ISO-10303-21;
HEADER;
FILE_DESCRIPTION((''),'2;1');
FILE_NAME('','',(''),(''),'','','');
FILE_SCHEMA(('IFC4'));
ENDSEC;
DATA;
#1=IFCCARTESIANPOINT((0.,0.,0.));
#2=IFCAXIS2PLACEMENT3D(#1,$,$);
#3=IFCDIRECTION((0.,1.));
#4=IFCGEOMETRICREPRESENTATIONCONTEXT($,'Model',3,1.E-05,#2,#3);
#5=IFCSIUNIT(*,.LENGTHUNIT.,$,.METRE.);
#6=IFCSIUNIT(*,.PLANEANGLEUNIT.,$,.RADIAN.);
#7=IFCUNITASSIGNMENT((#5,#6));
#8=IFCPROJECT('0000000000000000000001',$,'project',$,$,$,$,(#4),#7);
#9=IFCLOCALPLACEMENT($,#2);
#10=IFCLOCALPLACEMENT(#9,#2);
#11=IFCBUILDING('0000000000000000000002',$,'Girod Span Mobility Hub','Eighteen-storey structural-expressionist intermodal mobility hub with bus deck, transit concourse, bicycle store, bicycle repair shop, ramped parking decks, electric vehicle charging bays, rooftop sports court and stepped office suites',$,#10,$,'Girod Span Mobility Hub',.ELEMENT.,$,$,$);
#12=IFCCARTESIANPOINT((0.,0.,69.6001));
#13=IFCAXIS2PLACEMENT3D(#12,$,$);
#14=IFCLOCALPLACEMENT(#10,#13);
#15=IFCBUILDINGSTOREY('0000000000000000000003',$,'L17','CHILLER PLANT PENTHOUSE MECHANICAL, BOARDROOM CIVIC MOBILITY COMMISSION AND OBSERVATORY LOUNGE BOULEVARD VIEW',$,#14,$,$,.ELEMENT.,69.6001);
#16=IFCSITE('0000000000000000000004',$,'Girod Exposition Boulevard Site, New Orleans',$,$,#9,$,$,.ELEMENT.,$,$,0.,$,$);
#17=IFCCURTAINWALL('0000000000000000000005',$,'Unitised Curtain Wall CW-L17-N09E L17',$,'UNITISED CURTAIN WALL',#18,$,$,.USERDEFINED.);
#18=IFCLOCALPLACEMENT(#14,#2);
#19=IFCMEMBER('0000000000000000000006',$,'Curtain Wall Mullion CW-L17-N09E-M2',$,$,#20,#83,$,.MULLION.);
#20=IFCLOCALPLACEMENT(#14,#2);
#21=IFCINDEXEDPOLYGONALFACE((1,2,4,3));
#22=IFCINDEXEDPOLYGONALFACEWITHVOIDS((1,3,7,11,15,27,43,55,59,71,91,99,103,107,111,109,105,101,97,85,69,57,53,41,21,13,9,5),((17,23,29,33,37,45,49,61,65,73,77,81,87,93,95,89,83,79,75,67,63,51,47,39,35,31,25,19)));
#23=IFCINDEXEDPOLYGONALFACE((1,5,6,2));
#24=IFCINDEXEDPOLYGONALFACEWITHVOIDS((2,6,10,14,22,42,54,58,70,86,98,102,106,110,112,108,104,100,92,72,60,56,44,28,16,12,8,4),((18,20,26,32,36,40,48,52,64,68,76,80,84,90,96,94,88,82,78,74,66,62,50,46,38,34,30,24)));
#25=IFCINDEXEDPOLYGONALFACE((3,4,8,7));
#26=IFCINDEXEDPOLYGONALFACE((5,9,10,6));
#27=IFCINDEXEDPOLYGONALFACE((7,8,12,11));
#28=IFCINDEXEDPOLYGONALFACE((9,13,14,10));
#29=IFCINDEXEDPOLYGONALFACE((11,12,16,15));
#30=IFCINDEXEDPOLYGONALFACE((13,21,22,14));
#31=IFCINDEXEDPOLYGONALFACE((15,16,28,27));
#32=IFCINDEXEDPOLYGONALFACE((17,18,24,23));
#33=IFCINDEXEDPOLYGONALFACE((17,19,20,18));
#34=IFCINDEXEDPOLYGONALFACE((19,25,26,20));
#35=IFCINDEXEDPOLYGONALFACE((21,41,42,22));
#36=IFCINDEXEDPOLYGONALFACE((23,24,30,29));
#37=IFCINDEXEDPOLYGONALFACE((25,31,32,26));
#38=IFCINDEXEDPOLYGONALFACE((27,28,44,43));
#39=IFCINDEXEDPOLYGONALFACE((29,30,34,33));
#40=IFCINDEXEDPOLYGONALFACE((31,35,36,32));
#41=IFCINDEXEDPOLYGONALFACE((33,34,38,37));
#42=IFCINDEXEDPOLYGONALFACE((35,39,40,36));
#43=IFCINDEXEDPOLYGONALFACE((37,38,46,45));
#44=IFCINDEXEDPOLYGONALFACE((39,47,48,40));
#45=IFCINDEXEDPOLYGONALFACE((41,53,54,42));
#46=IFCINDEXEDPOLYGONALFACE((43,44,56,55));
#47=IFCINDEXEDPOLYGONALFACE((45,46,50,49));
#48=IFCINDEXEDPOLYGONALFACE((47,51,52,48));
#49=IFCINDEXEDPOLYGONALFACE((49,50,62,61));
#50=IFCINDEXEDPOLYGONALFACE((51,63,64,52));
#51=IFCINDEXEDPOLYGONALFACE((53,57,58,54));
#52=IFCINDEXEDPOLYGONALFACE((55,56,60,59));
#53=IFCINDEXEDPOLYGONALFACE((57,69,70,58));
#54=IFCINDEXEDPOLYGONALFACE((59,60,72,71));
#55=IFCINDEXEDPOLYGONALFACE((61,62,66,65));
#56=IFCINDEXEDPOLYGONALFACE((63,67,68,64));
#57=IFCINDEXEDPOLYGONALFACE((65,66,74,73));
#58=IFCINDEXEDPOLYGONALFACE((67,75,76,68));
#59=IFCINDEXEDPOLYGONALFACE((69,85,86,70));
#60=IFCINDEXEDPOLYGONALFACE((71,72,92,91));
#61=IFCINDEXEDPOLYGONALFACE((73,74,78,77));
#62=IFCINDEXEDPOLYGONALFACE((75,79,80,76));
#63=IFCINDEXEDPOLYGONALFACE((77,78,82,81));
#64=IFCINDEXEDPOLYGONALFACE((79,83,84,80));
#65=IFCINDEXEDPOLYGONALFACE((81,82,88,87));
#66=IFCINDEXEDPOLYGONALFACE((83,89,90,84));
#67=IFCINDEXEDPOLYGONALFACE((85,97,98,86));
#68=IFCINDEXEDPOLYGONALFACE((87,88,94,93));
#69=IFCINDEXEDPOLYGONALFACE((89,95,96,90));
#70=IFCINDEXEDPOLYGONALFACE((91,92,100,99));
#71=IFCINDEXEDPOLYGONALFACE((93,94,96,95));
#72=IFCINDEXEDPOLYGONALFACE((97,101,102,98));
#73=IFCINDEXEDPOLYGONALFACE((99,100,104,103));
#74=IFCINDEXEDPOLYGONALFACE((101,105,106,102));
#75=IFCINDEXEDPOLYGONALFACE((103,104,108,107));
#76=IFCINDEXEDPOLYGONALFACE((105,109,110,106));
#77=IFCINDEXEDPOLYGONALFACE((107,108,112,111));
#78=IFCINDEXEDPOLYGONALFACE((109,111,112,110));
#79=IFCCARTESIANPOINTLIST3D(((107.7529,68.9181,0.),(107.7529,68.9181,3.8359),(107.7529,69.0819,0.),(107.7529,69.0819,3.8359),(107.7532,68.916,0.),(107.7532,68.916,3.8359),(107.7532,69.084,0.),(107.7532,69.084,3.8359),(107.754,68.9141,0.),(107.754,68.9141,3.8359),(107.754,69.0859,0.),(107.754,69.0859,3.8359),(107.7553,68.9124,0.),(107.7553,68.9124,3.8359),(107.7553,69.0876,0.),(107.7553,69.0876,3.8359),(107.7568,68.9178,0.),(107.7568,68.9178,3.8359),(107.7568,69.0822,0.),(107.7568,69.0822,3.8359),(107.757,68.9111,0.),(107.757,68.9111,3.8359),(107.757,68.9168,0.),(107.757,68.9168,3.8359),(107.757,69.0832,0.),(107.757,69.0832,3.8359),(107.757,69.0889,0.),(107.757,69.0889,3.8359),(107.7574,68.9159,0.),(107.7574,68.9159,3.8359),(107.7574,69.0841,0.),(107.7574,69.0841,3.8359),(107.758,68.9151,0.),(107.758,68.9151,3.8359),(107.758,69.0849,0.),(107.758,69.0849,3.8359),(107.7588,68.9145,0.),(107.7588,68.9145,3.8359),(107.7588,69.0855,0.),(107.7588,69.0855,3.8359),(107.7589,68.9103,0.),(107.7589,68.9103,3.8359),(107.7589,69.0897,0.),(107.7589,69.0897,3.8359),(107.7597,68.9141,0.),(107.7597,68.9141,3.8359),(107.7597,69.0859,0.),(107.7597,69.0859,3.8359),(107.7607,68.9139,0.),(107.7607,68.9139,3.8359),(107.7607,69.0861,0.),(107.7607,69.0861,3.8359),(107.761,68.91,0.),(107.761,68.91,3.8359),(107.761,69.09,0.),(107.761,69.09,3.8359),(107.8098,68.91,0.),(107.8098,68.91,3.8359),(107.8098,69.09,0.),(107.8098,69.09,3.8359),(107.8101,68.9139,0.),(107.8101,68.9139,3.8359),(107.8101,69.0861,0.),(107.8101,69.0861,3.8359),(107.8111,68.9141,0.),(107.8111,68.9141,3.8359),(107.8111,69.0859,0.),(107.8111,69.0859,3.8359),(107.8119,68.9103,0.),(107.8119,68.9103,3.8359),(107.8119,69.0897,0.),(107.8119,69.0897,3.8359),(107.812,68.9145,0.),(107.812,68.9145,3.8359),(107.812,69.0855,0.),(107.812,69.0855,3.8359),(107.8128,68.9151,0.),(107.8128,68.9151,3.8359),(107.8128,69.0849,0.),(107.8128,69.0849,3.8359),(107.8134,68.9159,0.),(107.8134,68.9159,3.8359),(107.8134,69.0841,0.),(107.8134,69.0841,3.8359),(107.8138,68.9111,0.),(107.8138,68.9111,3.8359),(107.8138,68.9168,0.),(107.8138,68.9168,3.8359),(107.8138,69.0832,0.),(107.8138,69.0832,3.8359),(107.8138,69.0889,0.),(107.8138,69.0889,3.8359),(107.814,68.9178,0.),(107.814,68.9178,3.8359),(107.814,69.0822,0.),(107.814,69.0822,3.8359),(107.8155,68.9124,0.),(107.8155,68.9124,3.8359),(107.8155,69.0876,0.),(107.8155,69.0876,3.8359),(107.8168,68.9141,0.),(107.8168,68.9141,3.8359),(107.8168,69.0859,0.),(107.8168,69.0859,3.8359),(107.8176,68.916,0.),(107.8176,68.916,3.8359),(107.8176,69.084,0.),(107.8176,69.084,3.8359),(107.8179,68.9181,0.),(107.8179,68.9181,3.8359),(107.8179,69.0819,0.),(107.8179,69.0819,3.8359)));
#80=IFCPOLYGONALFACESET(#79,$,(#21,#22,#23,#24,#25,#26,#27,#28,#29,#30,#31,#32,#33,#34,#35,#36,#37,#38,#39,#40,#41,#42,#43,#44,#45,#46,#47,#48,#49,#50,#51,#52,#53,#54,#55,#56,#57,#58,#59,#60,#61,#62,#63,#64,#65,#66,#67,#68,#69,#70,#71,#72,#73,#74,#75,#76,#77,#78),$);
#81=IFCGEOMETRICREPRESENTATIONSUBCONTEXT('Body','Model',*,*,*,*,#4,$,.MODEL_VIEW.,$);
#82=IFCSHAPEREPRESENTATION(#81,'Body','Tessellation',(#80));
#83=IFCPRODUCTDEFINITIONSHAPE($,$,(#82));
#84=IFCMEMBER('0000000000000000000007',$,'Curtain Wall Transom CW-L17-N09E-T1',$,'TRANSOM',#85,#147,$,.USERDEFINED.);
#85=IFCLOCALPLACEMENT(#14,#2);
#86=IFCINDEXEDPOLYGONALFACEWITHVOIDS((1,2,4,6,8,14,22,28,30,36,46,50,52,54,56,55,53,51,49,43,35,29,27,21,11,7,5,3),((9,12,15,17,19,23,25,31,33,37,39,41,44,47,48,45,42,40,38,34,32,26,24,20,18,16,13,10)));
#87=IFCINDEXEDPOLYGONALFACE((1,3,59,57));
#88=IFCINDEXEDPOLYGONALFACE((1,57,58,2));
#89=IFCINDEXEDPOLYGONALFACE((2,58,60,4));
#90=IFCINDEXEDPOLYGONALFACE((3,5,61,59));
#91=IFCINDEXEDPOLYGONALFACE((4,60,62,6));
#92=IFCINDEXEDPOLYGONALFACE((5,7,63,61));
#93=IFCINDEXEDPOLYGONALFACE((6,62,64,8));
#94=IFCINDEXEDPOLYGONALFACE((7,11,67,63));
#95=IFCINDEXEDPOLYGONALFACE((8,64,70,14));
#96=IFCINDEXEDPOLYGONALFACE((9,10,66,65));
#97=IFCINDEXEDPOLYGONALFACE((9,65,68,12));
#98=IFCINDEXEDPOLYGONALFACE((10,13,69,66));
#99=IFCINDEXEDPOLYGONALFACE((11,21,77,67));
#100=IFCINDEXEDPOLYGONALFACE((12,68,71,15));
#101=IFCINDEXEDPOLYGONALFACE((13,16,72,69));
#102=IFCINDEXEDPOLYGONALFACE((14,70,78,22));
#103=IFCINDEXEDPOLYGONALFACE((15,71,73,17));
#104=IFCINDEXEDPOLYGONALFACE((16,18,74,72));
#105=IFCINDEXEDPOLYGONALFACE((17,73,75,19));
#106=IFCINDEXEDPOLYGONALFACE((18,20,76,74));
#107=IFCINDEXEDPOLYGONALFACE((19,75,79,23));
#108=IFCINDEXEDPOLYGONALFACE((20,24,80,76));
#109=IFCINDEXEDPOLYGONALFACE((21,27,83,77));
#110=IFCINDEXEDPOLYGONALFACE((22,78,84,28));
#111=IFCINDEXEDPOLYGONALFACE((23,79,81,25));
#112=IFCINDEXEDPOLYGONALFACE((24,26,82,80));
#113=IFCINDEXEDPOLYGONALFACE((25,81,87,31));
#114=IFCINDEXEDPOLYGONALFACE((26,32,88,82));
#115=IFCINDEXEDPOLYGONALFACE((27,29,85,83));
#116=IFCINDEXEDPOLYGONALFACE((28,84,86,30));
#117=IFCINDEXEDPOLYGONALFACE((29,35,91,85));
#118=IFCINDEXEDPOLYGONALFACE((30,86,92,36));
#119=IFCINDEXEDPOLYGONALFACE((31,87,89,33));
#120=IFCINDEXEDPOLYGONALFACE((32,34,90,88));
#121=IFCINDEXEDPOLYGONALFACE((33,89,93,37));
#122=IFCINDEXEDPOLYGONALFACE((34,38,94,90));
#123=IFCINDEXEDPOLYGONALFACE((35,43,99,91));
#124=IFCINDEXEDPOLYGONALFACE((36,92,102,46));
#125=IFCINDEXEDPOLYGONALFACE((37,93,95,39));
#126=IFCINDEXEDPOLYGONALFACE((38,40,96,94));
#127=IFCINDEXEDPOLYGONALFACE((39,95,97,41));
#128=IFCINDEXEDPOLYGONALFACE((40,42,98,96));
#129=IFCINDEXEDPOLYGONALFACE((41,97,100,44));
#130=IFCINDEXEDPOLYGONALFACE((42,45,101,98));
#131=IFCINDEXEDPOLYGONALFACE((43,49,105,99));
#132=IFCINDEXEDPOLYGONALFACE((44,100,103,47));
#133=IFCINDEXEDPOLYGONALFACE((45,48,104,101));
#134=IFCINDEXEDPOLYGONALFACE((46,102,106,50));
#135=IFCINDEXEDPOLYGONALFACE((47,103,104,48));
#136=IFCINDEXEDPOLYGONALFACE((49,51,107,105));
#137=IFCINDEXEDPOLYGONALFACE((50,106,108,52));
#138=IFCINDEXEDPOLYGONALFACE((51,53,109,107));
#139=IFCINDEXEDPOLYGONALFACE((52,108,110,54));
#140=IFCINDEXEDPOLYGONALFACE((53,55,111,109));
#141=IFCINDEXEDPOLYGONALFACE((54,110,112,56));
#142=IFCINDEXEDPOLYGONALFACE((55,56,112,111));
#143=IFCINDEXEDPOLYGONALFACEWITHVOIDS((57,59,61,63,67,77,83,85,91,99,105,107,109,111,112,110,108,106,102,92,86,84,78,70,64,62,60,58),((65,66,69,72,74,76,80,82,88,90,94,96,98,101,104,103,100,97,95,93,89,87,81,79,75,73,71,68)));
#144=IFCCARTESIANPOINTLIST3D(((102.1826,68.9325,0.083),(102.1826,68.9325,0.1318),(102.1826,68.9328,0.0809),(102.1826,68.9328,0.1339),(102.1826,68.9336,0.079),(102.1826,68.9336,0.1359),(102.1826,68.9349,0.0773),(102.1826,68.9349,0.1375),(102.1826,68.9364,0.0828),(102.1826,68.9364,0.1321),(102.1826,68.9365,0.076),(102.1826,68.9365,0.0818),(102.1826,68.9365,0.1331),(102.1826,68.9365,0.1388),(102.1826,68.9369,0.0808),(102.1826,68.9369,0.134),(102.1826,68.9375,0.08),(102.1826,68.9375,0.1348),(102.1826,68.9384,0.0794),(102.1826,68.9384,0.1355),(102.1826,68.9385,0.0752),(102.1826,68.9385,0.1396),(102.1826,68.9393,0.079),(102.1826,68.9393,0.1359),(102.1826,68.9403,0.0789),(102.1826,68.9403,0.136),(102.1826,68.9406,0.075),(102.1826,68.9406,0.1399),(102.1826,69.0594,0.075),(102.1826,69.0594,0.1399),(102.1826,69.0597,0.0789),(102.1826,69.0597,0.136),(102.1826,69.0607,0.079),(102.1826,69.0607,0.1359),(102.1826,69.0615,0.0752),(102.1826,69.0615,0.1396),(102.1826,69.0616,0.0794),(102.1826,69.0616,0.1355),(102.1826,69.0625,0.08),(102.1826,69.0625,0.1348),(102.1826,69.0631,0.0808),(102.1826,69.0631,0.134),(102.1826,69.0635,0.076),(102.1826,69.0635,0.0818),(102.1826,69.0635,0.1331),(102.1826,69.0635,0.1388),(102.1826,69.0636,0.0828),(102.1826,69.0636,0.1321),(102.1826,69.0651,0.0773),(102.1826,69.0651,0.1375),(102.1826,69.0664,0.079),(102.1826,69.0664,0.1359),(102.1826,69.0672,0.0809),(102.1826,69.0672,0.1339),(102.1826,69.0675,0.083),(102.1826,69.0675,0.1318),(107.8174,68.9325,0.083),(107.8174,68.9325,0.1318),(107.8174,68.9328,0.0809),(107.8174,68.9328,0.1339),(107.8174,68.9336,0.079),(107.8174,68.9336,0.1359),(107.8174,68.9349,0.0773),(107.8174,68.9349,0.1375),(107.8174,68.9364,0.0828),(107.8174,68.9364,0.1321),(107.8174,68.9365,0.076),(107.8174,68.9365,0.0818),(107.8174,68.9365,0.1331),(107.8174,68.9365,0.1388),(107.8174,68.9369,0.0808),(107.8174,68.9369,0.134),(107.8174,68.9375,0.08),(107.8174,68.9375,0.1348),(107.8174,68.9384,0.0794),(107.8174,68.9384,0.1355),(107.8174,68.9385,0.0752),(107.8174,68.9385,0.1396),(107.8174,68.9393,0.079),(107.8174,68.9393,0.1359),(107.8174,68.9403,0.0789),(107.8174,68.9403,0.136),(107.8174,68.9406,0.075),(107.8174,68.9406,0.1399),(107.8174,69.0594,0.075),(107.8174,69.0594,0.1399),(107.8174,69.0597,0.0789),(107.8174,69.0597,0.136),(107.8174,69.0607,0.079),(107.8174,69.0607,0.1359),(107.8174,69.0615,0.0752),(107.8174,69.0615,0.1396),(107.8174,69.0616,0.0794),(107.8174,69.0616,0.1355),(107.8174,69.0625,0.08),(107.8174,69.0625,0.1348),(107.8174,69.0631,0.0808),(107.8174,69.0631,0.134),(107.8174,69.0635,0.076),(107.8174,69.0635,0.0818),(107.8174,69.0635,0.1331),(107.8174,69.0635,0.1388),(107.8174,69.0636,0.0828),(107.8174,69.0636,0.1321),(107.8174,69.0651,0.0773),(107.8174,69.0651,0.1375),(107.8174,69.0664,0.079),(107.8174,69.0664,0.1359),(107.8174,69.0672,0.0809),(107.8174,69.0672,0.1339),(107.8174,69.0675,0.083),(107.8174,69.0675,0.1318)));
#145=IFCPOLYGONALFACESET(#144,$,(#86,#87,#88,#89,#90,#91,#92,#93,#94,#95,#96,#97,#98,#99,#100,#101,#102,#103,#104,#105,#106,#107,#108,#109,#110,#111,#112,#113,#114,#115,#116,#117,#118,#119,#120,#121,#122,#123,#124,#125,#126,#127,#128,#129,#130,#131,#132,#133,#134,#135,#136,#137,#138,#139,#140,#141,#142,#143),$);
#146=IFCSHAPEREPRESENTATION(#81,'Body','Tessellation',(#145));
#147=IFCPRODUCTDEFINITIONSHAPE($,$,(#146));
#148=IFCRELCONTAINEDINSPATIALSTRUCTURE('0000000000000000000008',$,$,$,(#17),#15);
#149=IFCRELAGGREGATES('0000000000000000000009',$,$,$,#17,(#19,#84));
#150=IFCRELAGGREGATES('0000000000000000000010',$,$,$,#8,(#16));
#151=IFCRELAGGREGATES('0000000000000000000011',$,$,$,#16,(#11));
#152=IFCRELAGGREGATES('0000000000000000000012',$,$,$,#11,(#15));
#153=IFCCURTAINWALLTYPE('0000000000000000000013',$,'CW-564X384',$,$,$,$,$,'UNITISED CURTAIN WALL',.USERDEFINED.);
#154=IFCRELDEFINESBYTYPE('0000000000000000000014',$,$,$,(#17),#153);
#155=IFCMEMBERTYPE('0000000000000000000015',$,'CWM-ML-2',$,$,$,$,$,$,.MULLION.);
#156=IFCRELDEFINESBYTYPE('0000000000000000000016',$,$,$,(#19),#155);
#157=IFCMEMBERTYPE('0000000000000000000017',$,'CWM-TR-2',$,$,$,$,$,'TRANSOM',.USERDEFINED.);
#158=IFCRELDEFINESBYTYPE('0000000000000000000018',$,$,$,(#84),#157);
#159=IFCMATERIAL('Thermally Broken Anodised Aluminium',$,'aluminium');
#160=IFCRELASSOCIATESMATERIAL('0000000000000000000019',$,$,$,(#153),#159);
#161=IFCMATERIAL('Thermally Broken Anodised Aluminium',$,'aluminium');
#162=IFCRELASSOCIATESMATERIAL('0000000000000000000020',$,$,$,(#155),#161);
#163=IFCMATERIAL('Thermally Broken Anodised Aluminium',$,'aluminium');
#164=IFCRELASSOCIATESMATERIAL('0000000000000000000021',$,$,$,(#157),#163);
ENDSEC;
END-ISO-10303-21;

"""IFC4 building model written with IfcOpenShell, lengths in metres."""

from ifc_helpers import new_model, si_unit, direction, frame, origin, origin_2d, place, context, subcontext, project, spatial, hollow_rectangle, extrude, material, material_profile, profile_set, type_object, element, aggregate, save


model = new_model("IFC4")

# Units and contexts
model_context = context("Model", 3, precision=1e-05, world=origin(), true_north=direction((0.0, 1.0)))
body_context = subcontext(model_context, "Body", "Model", "MODEL_VIEW")
ifc_project = project(units=[si_unit("LENGTHUNIT", "METRE"), si_unit("PLANEANGLEUNIT", "RADIAN")], contexts=[model_context])

# Site, building, storey
site_placement = place(None, origin())
site = spatial("IfcSite", under=ifc_project, at=site_placement, Name="Girod Exposition Boulevard Site, New Orleans", CompositionType="ELEMENT", RefElevation=0.0)
building_placement = place(site_placement, origin())
building = spatial("IfcBuilding", under=site, at=building_placement, Name="Girod Span Mobility Hub", Description="Eighteen-storey structural-expressionist intermodal mobility hub with bus deck, transit concourse, bicycle store, bicycle repair shop, ramped parking decks, electric vehicle charging bays, rooftop sports court and stepped office suites", LongName="Girod Span Mobility Hub", CompositionType="ELEMENT")
storey_placement = place(building_placement, frame((0.0, 0.0, 69.6001)))
storey = spatial("IfcBuildingStorey", under=building, at=storey_placement, Name="L17", Description="CHILLER PLANT PENTHOUSE MECHANICAL, BOARDROOM CIVIC MOBILITY COMMISSION AND OBSERVATORY LOUNGE BOULEVARD VIEW", CompositionType="ELEMENT", Elevation=69.6001)

# Curtain wall, members
ifc_material_1 = material(Name="Thermally Broken Anodised Aluminium", Category="aluminium")
curtain_wall_type = type_object("IfcCurtainWallType", Name="CW-564X384", ElementType="UNITISED CURTAIN WALL", PredefinedType="USERDEFINED", material=ifc_material_1)
ifc_material_2 = material(Name="Thermally Broken Anodised Aluminium", Category="aluminium")
ifc_material_profile_1 = material_profile(ifc_material_2, hollow_rectangle(XDim=0.1799, YDim=0.0649, WallThickness=0.0039, InnerFilletRadius=0.0039, OuterFilletRadius=0.0081, at=origin_2d()), Name="CW-ML-65X180")
ifc_profile_set_1 = profile_set([ifc_material_profile_1], Name="Thermally Broken Anodised Aluminium")
member_type_1 = type_object("IfcMemberType", Name="CWM-ML-2", PredefinedType="MULLION", material=ifc_profile_set_1)
curtain_wall_1_placement = place(storey_placement, origin())
curtain_wall_1 = element("IfcCurtainWall", 1, at=curtain_wall_1_placement, inside=storey, type_object=curtain_wall_type, Name="Unitised Curtain Wall CW-L17-N09E L17", ObjectType="UNITISED CURTAIN WALL", PredefinedType="USERDEFINED")
member_1_placement = place(storey_placement, frame((107.7854, 69.0, 0.0), z_axis=(0.0, 0.0, 1.0), x_axis=(0.0, 1.0, 0.0)))
member_1 = element("IfcMember", 2, at=member_1_placement, type_object=member_type_1, Name="Curtain Wall Mullion CW-L17-N09E-M2", PredefinedType="MULLION", context=body_context, shape_type="SweptSolid", body=[
    extrude(hollow_rectangle(XDim=0.1799, YDim=0.0649, WallThickness=0.0039, InnerFilletRadius=0.0039, OuterFilletRadius=0.0081, at=origin_2d()), origin(), (0.0, 0.0, 1.0), 3.8359),
])
ifc_material_3 = material(Name="Thermally Broken Anodised Aluminium", Category="aluminium")
ifc_material_profile_2 = material_profile(ifc_material_3, hollow_rectangle(XDim=0.135, YDim=0.0649, WallThickness=0.0039, InnerFilletRadius=0.0039, OuterFilletRadius=0.0081, at=origin_2d()), Name="CW-TR-65X135")
ifc_profile_set_2 = profile_set([ifc_material_profile_2], Name="Thermally Broken Anodised Aluminium")
member_type_2 = type_object("IfcMemberType", Name="CWM-TR-2", ElementType="TRANSOM", PredefinedType="USERDEFINED", material=ifc_profile_set_2)
member_2_placement = place(storey_placement, frame((102.1826, 69.0, 0.1074), z_axis=(1.0, 0.0, 0.0), x_axis=(0.0, 1.0, 0.0)))
member_2 = element("IfcMember", 3, at=member_2_placement, type_object=member_type_2, Name="Curtain Wall Transom CW-L17-N09E-T1", ObjectType="TRANSOM", PredefinedType="USERDEFINED", context=body_context, shape_type="SweptSolid", body=[
    extrude(hollow_rectangle(XDim=0.135, YDim=0.0649, WallThickness=0.0039, InnerFilletRadius=0.0039, OuterFilletRadius=0.0081, at=origin_2d()), origin(), (0.0, 0.0, 1.0), 5.6348),
])

aggregate(curtain_wall_1, [member_1, member_2])

save(model, "model.ifc")
